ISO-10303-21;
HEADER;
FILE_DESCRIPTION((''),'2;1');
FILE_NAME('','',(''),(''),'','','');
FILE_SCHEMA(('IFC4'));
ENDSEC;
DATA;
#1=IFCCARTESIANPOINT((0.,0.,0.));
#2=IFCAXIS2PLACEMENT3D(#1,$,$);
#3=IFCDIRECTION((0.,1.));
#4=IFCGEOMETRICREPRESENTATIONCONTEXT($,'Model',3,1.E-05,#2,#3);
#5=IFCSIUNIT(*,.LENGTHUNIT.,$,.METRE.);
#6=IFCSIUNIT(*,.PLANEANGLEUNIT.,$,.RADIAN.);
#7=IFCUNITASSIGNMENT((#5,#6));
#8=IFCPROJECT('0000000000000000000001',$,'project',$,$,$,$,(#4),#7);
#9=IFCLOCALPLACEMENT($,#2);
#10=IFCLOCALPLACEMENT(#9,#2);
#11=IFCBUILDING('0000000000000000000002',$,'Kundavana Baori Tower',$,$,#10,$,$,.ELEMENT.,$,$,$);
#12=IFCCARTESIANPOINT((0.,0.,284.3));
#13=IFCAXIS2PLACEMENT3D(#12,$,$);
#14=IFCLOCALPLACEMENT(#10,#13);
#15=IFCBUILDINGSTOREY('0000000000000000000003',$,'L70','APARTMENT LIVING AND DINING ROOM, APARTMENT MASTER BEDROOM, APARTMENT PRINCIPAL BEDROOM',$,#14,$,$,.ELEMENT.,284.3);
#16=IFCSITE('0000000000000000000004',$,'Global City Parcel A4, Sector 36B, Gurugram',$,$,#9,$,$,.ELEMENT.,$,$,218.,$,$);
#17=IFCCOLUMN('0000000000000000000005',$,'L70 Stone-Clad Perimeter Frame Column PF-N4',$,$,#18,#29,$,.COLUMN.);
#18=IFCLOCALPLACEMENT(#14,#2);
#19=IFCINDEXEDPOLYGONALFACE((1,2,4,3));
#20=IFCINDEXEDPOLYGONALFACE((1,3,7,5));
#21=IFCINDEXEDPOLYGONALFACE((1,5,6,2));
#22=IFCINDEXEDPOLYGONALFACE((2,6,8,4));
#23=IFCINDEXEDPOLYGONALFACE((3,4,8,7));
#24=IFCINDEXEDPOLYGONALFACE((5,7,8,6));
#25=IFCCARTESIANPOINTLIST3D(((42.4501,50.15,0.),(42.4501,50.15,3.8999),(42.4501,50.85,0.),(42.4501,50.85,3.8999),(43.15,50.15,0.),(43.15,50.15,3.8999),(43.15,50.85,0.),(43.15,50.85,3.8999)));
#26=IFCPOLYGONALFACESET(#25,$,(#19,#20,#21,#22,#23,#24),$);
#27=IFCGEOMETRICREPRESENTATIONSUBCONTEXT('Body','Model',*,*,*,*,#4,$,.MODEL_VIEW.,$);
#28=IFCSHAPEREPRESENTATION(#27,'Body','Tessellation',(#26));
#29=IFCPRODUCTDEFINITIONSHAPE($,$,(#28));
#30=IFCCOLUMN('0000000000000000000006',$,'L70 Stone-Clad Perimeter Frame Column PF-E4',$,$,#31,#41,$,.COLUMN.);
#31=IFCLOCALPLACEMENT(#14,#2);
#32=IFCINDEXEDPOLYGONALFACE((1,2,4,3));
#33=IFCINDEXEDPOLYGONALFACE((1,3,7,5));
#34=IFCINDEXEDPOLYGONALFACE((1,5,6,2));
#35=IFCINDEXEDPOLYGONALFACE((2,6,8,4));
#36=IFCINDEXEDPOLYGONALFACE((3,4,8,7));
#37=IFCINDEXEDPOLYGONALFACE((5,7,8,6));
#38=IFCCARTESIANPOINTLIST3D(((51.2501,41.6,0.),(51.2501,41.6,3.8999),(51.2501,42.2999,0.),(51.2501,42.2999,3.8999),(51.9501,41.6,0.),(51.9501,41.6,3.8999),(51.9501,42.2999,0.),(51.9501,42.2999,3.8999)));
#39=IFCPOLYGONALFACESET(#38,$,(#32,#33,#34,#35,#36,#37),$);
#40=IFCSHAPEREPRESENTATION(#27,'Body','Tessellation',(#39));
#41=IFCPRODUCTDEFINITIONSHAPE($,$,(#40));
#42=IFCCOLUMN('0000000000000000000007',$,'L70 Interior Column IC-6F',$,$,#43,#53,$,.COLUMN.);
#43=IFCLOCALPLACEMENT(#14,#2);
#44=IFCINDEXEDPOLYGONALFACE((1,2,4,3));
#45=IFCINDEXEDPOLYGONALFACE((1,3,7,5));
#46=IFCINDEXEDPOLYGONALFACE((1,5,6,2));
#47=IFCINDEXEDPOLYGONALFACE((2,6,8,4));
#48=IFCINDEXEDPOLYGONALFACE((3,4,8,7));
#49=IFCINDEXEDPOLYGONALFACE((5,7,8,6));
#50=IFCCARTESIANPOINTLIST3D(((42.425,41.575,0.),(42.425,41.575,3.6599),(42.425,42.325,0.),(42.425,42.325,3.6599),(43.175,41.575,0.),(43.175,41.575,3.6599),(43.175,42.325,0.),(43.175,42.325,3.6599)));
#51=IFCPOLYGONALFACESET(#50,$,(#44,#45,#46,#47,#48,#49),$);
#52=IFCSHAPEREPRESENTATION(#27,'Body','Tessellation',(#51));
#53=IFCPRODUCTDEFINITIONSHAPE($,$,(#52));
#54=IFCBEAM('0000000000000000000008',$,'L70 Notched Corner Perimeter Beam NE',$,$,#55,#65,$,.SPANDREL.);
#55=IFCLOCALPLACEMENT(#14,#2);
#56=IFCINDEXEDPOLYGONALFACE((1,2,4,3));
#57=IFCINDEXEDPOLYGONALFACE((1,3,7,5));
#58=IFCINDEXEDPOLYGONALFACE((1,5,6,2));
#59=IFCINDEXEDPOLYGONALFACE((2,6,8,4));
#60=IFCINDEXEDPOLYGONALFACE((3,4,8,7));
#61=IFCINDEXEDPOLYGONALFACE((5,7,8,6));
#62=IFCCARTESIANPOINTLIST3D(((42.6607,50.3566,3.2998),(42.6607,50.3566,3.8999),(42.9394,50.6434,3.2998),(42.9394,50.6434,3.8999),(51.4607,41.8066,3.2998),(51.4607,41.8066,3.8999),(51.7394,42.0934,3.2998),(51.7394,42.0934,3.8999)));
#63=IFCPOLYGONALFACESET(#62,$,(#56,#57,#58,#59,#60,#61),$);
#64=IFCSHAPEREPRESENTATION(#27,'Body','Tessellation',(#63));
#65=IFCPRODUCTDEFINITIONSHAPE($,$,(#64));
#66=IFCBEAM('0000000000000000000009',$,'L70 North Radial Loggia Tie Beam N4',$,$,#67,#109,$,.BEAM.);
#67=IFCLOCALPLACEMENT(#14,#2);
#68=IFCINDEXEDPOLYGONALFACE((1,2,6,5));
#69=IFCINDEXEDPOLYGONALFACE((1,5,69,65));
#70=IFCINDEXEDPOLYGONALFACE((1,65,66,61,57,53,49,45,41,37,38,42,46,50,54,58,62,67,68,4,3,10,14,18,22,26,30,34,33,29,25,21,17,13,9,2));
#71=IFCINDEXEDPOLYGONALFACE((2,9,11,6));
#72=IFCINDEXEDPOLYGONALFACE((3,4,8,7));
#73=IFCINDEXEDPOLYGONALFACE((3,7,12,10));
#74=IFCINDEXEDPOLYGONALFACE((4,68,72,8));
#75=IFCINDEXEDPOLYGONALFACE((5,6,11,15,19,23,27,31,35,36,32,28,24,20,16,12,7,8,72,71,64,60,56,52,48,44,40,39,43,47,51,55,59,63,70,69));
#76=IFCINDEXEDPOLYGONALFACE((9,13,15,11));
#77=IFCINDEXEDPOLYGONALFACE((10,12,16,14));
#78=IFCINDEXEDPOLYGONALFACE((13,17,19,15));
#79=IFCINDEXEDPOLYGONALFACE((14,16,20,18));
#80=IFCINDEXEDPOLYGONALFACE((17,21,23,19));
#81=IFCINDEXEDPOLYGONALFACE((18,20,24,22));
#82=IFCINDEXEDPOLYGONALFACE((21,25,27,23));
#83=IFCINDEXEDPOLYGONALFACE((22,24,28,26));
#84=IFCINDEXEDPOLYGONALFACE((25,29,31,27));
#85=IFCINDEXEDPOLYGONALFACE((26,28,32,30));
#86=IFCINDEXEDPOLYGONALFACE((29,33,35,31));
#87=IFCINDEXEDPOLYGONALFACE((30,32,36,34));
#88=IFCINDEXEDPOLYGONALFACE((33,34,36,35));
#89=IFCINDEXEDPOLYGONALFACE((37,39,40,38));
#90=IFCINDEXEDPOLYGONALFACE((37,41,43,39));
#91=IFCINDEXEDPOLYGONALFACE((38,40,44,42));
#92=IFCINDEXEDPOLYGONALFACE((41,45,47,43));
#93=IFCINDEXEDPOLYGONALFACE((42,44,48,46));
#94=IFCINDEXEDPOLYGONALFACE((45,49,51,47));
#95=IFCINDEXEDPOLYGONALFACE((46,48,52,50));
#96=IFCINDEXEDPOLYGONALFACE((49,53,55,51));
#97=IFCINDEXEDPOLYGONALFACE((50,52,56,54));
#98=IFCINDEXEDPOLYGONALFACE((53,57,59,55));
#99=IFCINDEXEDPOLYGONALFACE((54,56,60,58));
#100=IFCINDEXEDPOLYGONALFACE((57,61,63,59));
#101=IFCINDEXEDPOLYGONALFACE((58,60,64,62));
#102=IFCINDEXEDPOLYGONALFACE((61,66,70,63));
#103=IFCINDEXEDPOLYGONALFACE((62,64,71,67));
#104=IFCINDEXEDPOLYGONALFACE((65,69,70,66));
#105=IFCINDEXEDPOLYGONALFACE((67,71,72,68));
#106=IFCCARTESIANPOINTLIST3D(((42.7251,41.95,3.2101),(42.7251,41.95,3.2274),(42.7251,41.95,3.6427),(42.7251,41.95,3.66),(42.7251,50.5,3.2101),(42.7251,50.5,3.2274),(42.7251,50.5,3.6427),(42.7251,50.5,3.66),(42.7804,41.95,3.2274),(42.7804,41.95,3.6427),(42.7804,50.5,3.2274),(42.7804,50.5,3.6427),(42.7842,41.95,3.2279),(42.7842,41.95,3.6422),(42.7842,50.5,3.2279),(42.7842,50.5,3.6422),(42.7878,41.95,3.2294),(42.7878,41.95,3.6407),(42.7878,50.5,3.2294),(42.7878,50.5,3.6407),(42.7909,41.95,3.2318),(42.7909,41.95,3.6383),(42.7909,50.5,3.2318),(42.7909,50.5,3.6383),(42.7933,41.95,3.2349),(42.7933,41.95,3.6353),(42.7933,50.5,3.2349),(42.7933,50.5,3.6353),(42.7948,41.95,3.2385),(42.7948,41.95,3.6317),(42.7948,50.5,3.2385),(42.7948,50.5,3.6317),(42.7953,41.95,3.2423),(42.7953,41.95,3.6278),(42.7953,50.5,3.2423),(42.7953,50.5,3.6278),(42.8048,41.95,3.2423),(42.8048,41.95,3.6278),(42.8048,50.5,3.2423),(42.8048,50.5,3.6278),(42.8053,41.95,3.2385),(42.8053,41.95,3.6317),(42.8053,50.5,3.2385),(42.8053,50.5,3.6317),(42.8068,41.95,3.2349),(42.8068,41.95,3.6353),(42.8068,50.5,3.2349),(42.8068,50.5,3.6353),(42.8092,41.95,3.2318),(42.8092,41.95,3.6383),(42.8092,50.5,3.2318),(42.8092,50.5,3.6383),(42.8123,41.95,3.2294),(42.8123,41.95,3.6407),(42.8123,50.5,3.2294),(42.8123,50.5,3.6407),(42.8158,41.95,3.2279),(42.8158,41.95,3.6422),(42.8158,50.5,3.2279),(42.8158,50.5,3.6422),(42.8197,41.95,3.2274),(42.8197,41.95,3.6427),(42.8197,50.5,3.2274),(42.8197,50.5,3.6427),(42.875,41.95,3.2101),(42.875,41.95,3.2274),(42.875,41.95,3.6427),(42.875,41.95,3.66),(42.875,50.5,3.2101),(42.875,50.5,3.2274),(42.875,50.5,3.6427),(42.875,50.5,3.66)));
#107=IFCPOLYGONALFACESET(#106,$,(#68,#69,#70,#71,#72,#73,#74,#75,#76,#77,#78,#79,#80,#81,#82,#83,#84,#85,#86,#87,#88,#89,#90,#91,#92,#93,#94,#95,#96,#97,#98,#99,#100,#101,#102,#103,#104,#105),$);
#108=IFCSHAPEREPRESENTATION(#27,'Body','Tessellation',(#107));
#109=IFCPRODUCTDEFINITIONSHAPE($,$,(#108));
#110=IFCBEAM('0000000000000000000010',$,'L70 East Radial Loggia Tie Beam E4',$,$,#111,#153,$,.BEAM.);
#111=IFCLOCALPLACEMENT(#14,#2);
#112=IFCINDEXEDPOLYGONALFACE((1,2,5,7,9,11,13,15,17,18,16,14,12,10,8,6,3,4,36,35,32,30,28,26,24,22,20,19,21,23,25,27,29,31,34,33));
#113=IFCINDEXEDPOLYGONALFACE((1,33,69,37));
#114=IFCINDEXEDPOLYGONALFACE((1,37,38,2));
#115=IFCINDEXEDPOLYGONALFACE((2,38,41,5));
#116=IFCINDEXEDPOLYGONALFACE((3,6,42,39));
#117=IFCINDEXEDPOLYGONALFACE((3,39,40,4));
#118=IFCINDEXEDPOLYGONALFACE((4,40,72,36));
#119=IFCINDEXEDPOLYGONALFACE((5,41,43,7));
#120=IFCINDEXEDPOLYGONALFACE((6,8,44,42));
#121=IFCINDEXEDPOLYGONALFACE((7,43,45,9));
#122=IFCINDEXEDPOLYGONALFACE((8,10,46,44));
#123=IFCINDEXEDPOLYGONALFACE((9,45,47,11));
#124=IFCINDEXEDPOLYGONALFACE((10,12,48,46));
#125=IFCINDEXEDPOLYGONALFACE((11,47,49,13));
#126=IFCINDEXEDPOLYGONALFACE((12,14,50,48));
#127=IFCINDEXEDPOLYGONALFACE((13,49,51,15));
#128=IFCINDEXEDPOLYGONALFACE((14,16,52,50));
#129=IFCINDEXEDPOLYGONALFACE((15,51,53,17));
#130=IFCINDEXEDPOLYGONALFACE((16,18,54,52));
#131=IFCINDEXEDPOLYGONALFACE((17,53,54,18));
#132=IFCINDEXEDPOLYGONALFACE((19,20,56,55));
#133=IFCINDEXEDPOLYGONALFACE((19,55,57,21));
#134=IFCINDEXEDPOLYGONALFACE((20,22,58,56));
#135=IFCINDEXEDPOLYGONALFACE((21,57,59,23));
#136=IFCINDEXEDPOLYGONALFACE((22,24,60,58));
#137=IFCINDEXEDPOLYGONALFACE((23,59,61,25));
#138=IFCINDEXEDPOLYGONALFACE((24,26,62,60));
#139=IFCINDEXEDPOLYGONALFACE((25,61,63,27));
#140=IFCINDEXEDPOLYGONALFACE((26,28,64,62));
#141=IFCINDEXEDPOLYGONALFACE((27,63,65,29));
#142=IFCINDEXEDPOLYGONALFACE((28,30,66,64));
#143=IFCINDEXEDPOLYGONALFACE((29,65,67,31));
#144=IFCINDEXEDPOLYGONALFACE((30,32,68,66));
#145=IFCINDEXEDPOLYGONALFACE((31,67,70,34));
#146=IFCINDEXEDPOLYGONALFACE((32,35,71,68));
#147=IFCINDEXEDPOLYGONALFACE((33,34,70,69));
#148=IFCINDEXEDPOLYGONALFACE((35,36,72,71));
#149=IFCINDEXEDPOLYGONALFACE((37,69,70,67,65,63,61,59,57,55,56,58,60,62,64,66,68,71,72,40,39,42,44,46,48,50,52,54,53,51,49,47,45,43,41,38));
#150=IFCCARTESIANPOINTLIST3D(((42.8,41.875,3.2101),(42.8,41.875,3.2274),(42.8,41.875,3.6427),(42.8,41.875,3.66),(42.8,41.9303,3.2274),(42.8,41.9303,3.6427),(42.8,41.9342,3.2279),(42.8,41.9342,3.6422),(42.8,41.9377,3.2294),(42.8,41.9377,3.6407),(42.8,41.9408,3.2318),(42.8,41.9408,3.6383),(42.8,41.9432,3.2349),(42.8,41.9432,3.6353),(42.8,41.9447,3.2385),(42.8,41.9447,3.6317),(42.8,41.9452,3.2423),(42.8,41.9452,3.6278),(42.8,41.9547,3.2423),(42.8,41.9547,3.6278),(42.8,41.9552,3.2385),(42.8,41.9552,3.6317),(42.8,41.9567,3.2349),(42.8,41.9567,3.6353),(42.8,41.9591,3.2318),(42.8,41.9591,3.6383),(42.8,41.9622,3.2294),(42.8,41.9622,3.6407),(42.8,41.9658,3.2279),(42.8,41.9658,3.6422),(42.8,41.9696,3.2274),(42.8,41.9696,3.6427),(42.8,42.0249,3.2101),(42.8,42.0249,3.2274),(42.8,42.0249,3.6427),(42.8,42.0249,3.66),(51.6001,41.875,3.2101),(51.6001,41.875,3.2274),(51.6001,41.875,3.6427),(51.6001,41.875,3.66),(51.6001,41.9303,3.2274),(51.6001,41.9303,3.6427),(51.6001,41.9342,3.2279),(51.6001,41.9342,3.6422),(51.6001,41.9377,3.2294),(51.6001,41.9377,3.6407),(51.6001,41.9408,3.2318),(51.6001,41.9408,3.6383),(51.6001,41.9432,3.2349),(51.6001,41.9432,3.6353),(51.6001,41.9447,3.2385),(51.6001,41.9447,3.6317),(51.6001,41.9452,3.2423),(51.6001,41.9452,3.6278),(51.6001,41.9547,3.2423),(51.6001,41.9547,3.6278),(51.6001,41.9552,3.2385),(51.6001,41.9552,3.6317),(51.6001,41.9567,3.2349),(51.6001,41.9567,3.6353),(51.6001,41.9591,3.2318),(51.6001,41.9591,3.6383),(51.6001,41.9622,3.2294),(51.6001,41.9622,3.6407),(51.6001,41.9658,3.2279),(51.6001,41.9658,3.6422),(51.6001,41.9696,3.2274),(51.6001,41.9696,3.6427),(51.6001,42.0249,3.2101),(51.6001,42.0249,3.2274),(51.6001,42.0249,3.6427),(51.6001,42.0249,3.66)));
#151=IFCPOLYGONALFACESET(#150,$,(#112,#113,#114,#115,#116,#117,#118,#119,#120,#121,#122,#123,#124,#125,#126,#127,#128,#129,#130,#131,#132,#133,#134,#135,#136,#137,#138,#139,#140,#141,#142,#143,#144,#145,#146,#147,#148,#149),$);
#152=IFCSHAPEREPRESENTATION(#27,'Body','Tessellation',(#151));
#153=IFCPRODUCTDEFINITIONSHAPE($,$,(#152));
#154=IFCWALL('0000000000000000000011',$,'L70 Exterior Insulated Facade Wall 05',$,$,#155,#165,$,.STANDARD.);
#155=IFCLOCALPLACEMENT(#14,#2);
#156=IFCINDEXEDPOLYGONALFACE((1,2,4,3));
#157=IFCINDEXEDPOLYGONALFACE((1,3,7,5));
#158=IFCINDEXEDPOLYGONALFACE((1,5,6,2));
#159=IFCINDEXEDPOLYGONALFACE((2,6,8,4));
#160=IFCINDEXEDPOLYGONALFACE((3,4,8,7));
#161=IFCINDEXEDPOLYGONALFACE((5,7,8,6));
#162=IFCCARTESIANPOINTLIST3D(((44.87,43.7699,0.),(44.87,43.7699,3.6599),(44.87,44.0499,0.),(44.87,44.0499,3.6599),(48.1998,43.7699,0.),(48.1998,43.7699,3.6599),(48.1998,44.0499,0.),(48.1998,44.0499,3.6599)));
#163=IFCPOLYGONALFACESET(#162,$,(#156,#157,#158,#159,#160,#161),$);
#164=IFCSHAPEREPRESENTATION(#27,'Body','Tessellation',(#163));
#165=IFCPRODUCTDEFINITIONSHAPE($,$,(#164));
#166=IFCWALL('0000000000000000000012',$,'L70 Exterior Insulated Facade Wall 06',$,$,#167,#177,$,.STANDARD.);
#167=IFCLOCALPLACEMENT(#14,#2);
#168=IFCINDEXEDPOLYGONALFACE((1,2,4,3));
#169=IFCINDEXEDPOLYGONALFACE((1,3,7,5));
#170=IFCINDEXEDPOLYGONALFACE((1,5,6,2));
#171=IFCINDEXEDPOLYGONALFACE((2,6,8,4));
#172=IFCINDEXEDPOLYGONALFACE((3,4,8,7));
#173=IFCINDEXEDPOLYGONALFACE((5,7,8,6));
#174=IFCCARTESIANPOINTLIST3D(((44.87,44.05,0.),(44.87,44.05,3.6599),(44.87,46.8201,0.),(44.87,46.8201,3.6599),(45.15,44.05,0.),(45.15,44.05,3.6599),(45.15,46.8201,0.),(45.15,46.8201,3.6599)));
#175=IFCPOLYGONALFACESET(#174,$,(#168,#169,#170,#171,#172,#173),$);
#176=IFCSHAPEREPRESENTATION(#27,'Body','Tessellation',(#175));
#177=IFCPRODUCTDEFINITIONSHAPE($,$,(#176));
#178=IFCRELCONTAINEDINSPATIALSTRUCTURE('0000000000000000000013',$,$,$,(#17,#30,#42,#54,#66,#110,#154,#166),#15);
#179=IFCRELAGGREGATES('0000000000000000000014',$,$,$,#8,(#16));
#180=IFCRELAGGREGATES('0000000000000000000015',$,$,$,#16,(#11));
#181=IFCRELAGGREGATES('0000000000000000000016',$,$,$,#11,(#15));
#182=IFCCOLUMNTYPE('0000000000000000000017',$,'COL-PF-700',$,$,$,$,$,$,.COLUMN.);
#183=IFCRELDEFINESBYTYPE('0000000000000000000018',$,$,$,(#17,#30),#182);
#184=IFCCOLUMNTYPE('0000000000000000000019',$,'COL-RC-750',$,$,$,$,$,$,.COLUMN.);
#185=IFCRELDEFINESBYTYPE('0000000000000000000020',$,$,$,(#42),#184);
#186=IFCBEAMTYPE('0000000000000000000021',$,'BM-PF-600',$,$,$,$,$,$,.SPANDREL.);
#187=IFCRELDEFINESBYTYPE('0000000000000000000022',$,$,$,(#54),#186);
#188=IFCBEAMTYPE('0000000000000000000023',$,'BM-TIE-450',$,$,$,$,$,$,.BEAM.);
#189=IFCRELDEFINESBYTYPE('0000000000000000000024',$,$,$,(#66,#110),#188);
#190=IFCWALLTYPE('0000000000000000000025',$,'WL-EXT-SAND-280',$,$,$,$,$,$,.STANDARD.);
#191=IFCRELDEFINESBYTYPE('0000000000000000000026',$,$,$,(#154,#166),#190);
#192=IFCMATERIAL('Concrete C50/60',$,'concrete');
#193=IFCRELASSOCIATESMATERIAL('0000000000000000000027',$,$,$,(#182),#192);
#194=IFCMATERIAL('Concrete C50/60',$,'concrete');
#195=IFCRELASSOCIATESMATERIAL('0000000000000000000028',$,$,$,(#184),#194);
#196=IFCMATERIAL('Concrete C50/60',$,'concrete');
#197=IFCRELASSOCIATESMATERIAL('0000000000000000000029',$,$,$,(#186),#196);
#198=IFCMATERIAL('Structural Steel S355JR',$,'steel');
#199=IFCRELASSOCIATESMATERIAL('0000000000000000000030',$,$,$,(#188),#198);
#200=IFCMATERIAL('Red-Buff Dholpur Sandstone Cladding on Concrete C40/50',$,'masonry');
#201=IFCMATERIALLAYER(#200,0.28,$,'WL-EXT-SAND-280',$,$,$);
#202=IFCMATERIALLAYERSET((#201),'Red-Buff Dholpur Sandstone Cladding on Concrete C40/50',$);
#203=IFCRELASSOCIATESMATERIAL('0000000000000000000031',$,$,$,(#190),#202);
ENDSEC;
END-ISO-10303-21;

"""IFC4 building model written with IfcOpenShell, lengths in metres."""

from ifc_helpers import new_model, si_unit, direction, frame, frame_2d, origin, origin_2d, place, context, subcontext, project, spatial, rectangle, i_section, extrude, material, layer, layer_set, material_profile, profile_set, type_object, element, save


model = new_model("IFC4")

# Units and contexts
model_context = context("Model", 3, precision=1e-05, world=origin(), true_north=direction((0.0, 1.0)))
body_context = subcontext(model_context, "Body", "Model", "MODEL_VIEW")
ifc_project = project(units=[si_unit("LENGTHUNIT", "METRE"), si_unit("PLANEANGLEUNIT", "RADIAN")], contexts=[model_context])

# Site, building, storey
site_placement = place(None, origin())
site = spatial("IfcSite", under=ifc_project, at=site_placement, Name="Global City Parcel A4, Sector 36B, Gurugram", CompositionType="ELEMENT", RefElevation=218.0)
building_placement = place(site_placement, origin())
building = spatial("IfcBuilding", under=site, at=building_placement, Name="Kundavana Baori Tower", CompositionType="ELEMENT")
storey_placement = place(building_placement, frame((0.0, 0.0, 284.3)))
storey = spatial("IfcBuildingStorey", under=building, at=storey_placement, Name="L70", Description="APARTMENT LIVING AND DINING ROOM, APARTMENT MASTER BEDROOM, APARTMENT PRINCIPAL BEDROOM", CompositionType="ELEMENT", Elevation=284.3)

# Columns
ifc_material_1 = material(Name="Concrete C50/60", Category="concrete")
ifc_material_profile_1 = material_profile(ifc_material_1, rectangle(XDim=0.7, YDim=0.7, at=origin_2d()), Name="RC PF 700x700")
ifc_profile_set_1 = profile_set([ifc_material_profile_1], Name="Concrete C50/60")
column_type_1 = type_object("IfcColumnType", Name="COL-PF-700", PredefinedType="COLUMN", material=ifc_profile_set_1)
for number, where, z_axis, x_axis, name in (
    (1, (42.8, 50.5, 0.0), (0.0, 0.0, 1.0), (1.0, 0.0, 0.0), "L70 Stone-Clad Perimeter Frame Column PF-N4"),
    (2, (51.6001, 41.95, 0.0), (0.0, 0.0, 1.0), (1.0, 0.0, 0.0), "L70 Stone-Clad Perimeter Frame Column PF-E4"),
):
    element("IfcColumn", number, at=place(storey_placement, frame(where, z_axis=z_axis, x_axis=x_axis)), inside=storey, type_object=column_type_1, Name=name, PredefinedType="COLUMN", context=body_context, shape_type="SweptSolid", body=[
        extrude(rectangle(XDim=0.7, YDim=0.7, at=origin_2d()), origin(), (0.0, 0.0, 1.0), 3.8999),
    ])
ifc_material_2 = material(Name="Concrete C50/60", Category="concrete")
ifc_material_profile_2 = material_profile(ifc_material_2, rectangle(XDim=0.75, YDim=0.75, at=origin_2d()), Name="RC 750x750")
ifc_profile_set_2 = profile_set([ifc_material_profile_2], Name="Concrete C50/60")
column_type_2 = type_object("IfcColumnType", Name="COL-RC-750", PredefinedType="COLUMN", material=ifc_profile_set_2)
column_placement = place(storey_placement, frame((42.8, 41.95, 0.0), z_axis=(0.0, 0.0, 1.0), x_axis=(1.0, 0.0, 0.0)))
element("IfcColumn", 3, at=column_placement, inside=storey, type_object=column_type_2, Name="L70 Interior Column IC-6F", PredefinedType="COLUMN", context=body_context, shape_type="SweptSolid", body=[
    extrude(rectangle(XDim=0.75, YDim=0.75, at=origin_2d()), origin(), (0.0, 0.0, 1.0), 3.6599),
])

# Beams
ifc_material_3 = material(Name="Concrete C50/60", Category="concrete")
ifc_material_profile_3 = material_profile(ifc_material_3, rectangle(XDim=0.3999, YDim=0.6001, at=origin_2d()), Name="RC BM 400x600")
ifc_profile_set_3 = profile_set([ifc_material_profile_3], Name="Concrete C50/60")
beam_type_1 = type_object("IfcBeamType", Name="BM-PF-600", PredefinedType="SPANDREL", material=ifc_profile_set_3)
beam_1_placement = place(storey_placement, frame((42.8, 50.5, 3.5999), z_axis=(0.717221, -0.696846, 0.0), x_axis=(0.696846, 0.717221, 0.0)))
element("IfcBeam", 4, at=beam_1_placement, inside=storey, type_object=beam_type_1, Name="L70 Notched Corner Perimeter Beam NE", PredefinedType="SPANDREL", context=body_context, shape_type="SweptSolid", body=[
    extrude(rectangle(XDim=0.3999, YDim=0.6001, at=origin_2d()), origin(), (0.0, 0.0, 1.0), 12.2695),
])
ifc_material_4 = material(Name="Structural Steel S355JR", Category="steel")
ifc_material_profile_4 = material_profile(ifc_material_4, i_section(OverallWidth=0.1499, OverallDepth=0.45, WebThickness=0.0095, FlangeThickness=0.0173, FilletRadius=0.0149, at=origin_2d()), Name="ISMB 450")
ifc_profile_set_4 = profile_set([ifc_material_profile_4], Name="Structural Steel S355JR")
beam_type_2 = type_object("IfcBeamType", Name="BM-TIE-450", PredefinedType="BEAM", material=ifc_profile_set_4)
beam_2_placement = place(storey_placement, frame((42.8, 41.95, 3.4351), z_axis=(0.0, 1.0, 0.0), x_axis=(-1.0, 0.0, 0.0)))
element("IfcBeam", 5, at=beam_2_placement, inside=storey, type_object=beam_type_2, Name="L70 North Radial Loggia Tie Beam N4", PredefinedType="BEAM", context=body_context, shape_type="SweptSolid", body=[
    extrude(i_section(OverallWidth=0.1499, OverallDepth=0.45, WebThickness=0.0095, FlangeThickness=0.0173, FilletRadius=0.0149, at=origin_2d()), origin(), (0.0, 0.0, 1.0), 8.55),
])
beam_3_placement = place(storey_placement, frame((42.8, 41.95, 3.4351), z_axis=(1.0, 0.0, 0.0), x_axis=(0.0, 1.0, 0.0)))
element("IfcBeam", 6, at=beam_3_placement, inside=storey, type_object=beam_type_2, Name="L70 East Radial Loggia Tie Beam E4", PredefinedType="BEAM", context=body_context, shape_type="SweptSolid", body=[
    extrude(i_section(OverallWidth=0.1499, OverallDepth=0.45, WebThickness=0.0095, FlangeThickness=0.0173, FilletRadius=0.0149, at=origin_2d()), origin(), (0.0, 0.0, 1.0), 8.8),
])

# Walls
ifc_material_5 = material(Name="Red-Buff Dholpur Sandstone Cladding on Concrete C40/50", Category="masonry")
ifc_layer_1 = layer(ifc_material_5, 0.28, Name="WL-EXT-SAND-280")
ifc_layer_set_1 = layer_set([ifc_layer_1], Name="Red-Buff Dholpur Sandstone Cladding on Concrete C40/50")
wall_type_1 = type_object("IfcWallType", Name="WL-EXT-SAND-280", PredefinedType="STANDARD", material=ifc_layer_set_1)
wall_1_placement = place(storey_placement, frame((48.2, 43.9099, 0.0), z_axis=(0.0, 0.0, 1.0), x_axis=(-1.0, 0.0, 0.0)))
element("IfcWall", 7, at=wall_1_placement, inside=storey, type_object=wall_type_1, Name="L70 Exterior Insulated Facade Wall 05", PredefinedType="STANDARD", context=body_context, shape_type="SweptSolid", body=[
    extrude(rectangle(XDim=3.3298, YDim=0.28, at=frame_2d((1.665, 0.0))), origin(), (0.0, 0.0, 1.0), 3.6599),
])
wall_2_placement = place(storey_placement, frame((45.01, 44.05, 0.0), z_axis=(0.0, 0.0, 1.0), x_axis=(0.0, 1.0, 0.0)))
element("IfcWall", 8, at=wall_2_placement, inside=storey, type_object=wall_type_1, Name="L70 Exterior Insulated Facade Wall 06", PredefinedType="STANDARD", context=body_context, shape_type="SweptSolid", body=[
    extrude(rectangle(XDim=2.77, YDim=0.28, at=frame_2d((1.385, 0.0))), origin(), (0.0, 0.0, 1.0), 3.6599),
])

save(model, "model.ifc")
